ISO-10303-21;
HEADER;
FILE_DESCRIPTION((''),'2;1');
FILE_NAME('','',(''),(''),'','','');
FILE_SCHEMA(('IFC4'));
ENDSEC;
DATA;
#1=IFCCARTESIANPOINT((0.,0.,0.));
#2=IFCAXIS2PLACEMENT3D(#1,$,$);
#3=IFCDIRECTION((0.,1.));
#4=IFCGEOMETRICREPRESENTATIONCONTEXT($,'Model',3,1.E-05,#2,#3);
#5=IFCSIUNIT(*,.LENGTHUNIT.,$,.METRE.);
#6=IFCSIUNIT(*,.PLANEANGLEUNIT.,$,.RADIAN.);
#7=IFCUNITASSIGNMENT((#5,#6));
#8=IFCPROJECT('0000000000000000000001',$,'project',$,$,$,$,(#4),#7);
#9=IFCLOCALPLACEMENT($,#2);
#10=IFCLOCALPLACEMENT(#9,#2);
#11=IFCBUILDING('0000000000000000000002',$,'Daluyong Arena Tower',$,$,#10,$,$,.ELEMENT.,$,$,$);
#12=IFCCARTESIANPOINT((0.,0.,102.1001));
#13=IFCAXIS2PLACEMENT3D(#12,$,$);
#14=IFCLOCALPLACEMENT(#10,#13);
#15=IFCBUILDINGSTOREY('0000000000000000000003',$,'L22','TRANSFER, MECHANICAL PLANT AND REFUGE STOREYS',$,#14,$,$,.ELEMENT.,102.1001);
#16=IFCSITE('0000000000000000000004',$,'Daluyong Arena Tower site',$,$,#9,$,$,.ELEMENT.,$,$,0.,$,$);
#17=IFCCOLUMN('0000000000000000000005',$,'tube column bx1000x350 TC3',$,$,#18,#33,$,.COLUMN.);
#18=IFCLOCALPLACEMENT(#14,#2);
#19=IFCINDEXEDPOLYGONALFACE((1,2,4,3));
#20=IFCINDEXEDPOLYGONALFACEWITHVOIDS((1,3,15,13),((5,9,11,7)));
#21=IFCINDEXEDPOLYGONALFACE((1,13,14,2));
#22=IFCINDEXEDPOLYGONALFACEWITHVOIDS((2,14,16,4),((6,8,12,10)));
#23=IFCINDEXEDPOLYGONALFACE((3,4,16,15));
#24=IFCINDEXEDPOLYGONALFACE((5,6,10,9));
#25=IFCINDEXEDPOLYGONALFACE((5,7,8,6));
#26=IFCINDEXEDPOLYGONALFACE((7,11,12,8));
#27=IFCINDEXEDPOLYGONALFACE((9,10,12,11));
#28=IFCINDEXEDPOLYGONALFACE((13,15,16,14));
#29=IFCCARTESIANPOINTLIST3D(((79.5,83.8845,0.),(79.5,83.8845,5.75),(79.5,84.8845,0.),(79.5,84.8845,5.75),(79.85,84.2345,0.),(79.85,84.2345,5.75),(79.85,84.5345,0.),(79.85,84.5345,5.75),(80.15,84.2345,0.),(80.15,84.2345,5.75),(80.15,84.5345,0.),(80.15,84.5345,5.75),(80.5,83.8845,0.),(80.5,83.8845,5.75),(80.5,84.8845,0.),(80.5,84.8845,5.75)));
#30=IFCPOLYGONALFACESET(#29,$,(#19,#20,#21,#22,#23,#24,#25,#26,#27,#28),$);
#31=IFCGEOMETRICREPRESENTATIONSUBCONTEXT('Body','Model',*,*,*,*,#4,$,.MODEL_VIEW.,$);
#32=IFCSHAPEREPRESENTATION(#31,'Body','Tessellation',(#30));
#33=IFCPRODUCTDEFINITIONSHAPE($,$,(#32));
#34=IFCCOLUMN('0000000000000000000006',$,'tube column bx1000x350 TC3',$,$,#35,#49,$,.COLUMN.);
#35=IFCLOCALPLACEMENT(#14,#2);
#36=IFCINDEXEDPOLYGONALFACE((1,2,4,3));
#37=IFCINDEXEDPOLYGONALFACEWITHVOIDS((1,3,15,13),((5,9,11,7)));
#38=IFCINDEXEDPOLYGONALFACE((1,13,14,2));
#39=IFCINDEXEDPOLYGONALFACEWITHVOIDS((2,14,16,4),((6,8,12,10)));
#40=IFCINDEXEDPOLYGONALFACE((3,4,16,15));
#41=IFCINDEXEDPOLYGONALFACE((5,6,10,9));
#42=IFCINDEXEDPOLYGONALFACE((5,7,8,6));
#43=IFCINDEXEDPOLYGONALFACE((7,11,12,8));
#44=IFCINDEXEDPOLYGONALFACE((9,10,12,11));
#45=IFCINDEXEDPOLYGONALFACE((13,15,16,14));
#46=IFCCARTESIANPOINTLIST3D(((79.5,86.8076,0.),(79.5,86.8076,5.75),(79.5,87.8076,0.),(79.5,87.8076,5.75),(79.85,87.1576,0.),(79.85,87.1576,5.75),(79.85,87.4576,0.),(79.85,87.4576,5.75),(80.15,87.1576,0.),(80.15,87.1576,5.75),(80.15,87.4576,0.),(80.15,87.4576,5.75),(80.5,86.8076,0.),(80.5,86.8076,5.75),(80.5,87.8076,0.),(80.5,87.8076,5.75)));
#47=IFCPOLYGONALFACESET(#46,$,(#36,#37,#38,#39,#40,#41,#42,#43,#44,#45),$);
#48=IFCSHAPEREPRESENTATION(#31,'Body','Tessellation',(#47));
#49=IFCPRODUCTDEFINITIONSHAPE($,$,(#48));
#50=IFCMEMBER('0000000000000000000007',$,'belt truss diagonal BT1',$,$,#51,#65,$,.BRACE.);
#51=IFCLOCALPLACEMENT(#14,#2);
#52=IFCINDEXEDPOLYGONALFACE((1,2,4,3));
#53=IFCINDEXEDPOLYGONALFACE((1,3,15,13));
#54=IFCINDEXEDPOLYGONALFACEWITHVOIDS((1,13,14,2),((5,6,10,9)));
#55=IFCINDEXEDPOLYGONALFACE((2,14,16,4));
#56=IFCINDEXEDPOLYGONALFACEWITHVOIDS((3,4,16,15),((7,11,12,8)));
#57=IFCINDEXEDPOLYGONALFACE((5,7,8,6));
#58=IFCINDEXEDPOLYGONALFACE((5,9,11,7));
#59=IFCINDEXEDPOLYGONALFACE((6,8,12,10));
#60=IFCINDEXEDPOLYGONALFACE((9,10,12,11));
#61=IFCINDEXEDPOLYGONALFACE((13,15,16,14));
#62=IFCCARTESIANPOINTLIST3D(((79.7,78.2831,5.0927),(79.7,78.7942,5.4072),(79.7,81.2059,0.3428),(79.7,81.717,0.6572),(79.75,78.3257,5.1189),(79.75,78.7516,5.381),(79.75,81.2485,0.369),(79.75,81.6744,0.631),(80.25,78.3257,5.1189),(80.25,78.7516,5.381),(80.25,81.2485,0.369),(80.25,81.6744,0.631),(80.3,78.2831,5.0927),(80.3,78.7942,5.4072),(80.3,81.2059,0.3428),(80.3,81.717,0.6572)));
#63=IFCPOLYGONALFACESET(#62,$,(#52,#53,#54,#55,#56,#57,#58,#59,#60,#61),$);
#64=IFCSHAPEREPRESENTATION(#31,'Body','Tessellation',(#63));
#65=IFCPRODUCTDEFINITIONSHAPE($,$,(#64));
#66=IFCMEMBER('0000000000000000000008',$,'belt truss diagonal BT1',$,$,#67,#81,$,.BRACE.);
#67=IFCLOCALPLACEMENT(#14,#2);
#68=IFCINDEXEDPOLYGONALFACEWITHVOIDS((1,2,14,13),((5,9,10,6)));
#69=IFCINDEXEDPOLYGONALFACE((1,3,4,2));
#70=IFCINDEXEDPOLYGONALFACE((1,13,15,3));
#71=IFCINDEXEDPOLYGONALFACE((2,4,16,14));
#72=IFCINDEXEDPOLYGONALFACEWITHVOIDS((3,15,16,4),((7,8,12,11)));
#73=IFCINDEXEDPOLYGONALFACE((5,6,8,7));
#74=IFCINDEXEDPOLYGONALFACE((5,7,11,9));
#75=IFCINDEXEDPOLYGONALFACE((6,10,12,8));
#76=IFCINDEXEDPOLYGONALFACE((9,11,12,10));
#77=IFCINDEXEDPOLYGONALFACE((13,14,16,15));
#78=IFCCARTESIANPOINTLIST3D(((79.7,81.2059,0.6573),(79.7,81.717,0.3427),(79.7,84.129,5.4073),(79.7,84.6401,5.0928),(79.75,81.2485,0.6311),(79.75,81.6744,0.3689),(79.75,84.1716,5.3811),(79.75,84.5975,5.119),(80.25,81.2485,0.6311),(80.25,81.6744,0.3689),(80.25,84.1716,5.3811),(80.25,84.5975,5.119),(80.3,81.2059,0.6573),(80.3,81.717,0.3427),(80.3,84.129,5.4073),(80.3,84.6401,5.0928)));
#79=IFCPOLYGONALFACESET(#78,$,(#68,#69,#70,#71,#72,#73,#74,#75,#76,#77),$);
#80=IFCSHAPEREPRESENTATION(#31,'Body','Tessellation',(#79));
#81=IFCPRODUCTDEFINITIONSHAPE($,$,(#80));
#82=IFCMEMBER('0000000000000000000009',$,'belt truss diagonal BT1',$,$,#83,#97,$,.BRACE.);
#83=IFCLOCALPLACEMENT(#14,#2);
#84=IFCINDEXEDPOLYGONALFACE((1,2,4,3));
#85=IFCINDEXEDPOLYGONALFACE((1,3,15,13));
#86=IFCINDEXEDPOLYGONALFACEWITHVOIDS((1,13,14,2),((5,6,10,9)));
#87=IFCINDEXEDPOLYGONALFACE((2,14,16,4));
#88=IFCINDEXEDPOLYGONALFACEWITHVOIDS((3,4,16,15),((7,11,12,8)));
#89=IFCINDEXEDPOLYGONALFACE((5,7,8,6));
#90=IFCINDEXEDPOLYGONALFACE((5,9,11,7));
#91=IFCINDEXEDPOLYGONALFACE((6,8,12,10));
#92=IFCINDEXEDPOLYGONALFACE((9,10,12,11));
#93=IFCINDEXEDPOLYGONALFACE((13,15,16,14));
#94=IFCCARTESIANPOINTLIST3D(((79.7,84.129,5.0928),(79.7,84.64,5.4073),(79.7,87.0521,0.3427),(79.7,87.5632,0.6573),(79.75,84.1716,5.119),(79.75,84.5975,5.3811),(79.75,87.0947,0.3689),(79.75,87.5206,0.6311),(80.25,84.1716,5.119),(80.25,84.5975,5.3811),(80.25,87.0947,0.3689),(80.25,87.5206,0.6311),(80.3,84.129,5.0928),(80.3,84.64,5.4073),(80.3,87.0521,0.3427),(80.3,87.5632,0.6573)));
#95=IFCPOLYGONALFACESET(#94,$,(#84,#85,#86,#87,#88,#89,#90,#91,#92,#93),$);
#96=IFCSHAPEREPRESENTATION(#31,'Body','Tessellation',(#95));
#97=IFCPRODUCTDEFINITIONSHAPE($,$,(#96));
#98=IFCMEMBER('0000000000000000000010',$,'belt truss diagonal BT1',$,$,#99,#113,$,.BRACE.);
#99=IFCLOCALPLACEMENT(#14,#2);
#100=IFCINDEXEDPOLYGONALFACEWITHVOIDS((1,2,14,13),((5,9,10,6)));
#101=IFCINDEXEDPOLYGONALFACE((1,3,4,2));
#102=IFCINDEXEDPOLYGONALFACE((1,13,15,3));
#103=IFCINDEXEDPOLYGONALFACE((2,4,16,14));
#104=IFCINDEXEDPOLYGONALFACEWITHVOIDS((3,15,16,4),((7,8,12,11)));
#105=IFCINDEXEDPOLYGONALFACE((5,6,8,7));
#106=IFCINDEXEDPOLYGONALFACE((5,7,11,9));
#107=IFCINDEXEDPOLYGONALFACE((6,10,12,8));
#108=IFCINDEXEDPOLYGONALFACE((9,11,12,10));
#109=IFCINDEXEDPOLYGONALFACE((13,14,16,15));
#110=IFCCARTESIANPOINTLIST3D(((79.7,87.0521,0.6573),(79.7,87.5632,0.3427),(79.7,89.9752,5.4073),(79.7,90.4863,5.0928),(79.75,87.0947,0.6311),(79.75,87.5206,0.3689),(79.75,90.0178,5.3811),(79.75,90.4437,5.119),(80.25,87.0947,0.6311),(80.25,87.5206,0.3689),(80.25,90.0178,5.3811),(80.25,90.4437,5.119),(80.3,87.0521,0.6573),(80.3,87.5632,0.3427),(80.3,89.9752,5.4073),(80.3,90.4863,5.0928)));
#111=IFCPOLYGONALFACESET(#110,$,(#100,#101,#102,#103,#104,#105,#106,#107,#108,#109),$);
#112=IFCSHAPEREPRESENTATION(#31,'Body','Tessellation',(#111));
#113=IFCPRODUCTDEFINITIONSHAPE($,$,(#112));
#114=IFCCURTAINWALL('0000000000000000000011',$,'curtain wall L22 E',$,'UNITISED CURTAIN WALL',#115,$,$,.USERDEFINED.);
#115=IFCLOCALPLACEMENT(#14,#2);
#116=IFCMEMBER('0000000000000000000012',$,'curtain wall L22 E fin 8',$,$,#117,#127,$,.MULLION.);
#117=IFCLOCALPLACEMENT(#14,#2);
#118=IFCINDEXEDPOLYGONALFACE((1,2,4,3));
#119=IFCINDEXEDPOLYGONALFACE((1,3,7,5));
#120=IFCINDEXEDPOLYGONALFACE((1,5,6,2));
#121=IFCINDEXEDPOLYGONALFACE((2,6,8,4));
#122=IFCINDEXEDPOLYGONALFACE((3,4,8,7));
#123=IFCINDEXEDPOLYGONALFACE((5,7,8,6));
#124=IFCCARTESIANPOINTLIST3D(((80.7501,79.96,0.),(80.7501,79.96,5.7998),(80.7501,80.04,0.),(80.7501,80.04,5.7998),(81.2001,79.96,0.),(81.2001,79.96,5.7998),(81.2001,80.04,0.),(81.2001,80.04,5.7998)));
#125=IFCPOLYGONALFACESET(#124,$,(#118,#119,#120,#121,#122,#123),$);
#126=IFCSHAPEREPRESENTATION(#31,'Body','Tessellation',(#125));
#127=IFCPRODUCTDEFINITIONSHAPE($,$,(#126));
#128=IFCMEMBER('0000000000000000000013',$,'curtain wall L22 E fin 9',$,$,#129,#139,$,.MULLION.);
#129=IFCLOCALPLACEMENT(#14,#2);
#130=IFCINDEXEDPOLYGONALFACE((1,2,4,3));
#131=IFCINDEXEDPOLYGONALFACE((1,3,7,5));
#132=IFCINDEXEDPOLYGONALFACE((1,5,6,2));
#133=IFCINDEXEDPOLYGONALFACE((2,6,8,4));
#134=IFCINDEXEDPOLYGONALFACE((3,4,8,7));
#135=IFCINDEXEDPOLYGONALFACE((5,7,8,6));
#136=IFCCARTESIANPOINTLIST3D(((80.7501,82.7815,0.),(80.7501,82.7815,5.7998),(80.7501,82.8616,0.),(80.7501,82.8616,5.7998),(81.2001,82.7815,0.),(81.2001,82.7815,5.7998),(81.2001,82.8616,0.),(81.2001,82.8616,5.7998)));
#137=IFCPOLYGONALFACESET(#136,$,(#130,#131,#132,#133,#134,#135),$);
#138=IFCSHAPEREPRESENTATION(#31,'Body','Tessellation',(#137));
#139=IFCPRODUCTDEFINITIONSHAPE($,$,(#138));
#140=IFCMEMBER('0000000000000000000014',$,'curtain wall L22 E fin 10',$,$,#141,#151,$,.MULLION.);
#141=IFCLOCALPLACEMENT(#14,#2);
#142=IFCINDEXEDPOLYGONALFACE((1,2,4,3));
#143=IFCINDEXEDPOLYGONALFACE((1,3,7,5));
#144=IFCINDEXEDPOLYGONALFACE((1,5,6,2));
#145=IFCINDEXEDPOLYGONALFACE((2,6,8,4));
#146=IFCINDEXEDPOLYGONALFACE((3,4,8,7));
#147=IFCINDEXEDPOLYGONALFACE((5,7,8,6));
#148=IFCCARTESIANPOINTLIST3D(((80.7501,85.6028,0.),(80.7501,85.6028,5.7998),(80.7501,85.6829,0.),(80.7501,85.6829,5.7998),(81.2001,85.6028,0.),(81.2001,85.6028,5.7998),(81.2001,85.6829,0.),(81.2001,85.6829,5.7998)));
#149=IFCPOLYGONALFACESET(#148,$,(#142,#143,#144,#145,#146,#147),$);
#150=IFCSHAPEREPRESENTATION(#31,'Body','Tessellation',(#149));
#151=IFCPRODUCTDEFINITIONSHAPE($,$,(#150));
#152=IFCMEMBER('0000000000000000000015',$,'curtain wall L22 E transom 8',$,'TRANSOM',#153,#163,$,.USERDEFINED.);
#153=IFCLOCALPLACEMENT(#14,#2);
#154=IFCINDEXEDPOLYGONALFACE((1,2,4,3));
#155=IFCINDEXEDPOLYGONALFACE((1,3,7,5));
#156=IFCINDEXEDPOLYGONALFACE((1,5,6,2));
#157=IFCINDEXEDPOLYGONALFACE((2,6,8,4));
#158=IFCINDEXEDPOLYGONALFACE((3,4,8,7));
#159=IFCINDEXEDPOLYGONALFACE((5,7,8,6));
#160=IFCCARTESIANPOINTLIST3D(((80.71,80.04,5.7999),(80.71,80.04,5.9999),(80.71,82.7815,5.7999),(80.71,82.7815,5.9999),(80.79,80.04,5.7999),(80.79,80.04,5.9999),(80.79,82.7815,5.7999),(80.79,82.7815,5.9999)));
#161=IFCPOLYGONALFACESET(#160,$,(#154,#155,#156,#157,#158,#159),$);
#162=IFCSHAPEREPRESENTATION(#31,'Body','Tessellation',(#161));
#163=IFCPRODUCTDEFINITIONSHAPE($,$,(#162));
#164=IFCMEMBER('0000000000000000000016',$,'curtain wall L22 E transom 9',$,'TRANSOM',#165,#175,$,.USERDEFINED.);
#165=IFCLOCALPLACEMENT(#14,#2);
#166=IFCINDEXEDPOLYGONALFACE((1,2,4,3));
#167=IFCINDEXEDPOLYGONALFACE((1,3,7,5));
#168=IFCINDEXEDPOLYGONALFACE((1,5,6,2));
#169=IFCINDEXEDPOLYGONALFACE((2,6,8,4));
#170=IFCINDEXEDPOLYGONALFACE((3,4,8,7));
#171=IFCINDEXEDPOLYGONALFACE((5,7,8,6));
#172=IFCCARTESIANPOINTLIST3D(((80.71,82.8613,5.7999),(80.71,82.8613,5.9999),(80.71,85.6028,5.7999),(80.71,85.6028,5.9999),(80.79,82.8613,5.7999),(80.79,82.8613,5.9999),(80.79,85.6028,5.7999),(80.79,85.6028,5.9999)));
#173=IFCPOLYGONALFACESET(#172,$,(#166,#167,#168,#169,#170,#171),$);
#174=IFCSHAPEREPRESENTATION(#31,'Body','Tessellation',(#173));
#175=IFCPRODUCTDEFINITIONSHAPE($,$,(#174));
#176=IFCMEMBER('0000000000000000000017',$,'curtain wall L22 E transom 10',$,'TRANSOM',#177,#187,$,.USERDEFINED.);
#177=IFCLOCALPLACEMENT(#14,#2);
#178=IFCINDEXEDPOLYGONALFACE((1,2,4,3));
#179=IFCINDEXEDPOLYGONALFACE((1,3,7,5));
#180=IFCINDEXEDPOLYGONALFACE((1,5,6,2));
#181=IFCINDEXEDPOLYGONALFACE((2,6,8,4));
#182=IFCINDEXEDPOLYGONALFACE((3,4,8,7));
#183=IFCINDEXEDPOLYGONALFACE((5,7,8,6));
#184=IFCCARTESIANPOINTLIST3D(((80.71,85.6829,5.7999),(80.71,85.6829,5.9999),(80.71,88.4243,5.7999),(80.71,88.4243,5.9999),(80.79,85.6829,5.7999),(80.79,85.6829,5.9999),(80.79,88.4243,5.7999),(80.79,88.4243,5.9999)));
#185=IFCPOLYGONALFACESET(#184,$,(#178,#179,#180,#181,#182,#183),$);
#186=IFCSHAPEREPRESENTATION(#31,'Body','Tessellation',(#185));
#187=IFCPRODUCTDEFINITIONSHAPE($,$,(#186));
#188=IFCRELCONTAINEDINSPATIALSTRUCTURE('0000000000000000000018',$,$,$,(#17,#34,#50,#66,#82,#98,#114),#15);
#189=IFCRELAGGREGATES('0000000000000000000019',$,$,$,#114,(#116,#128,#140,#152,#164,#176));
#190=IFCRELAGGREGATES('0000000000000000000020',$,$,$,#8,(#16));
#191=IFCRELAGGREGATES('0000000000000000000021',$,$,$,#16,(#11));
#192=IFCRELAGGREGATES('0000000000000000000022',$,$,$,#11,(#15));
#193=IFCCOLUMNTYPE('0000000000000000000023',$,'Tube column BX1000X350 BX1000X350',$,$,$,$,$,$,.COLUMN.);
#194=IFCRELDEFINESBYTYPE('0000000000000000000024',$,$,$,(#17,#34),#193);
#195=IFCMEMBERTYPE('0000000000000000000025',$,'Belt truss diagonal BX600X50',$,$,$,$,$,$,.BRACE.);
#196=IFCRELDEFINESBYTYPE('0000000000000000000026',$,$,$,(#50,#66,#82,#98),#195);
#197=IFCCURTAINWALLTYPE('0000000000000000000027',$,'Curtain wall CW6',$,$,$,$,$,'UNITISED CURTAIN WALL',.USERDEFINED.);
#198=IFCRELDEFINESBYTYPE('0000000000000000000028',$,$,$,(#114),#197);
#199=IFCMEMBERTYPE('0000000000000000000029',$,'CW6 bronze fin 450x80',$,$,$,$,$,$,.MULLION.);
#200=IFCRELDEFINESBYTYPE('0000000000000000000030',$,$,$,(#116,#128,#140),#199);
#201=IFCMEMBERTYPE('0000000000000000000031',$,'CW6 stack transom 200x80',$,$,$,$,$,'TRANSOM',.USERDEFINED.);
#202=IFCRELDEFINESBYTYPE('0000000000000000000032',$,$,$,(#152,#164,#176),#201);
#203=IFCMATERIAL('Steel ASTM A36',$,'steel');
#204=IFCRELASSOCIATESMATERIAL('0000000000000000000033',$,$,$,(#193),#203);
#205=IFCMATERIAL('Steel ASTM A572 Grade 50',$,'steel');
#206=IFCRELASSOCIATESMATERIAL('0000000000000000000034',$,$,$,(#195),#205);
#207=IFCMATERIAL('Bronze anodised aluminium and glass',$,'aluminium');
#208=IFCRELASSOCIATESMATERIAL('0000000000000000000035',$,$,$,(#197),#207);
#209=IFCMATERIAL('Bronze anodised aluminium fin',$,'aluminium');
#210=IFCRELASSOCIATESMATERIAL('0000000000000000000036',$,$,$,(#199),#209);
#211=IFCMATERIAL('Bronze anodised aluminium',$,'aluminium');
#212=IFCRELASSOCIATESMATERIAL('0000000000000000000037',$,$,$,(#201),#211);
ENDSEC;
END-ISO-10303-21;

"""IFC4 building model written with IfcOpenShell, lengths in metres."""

from ifc_helpers import new_model, si_unit, direction, frame, origin, origin_2d, place, context, subcontext, project, spatial, rectangle, hollow_rectangle, extrude, material, material_profile, profile_set, type_object, element, aggregate, save


model = new_model("IFC4")

# Units and contexts
model_context = context("Model", 3, precision=1e-05, world=origin(), true_north=direction((0.0, 1.0)))
body_context = subcontext(model_context, "Body", "Model", "MODEL_VIEW")
ifc_project = project(units=[si_unit("LENGTHUNIT", "METRE"), si_unit("PLANEANGLEUNIT", "RADIAN")], contexts=[model_context])

# Site, building, storey
site_placement = place(None, origin())
site = spatial("IfcSite", under=ifc_project, at=site_placement, Name="Daluyong Arena Tower site", CompositionType="ELEMENT", RefElevation=0.0)
building_placement = place(site_placement, origin())
building = spatial("IfcBuilding", under=site, at=building_placement, Name="Daluyong Arena Tower", CompositionType="ELEMENT")
storey_placement = place(building_placement, frame((0.0, 0.0, 102.1001)))
storey = spatial("IfcBuildingStorey", under=building, at=storey_placement, Name="L22", Description="TRANSFER, MECHANICAL PLANT AND REFUGE STOREYS", CompositionType="ELEMENT", Elevation=102.1001)

# Columns
ifc_material_1 = material(Name="Steel ASTM A36", Category="steel")
ifc_material_profile_1 = material_profile(ifc_material_1, hollow_rectangle(XDim=1.0, YDim=1.0, WallThickness=0.35, at=origin_2d()))
ifc_profile_set_1 = profile_set([ifc_material_profile_1], Name="Steel ASTM A36")
column_type = type_object("IfcColumnType", Name="Tube column BX1000X350 BX1000X350", PredefinedType="COLUMN", material=ifc_profile_set_1)
for number, where, z_axis, x_axis, name in (
    (1, (80.0, 84.3845, 0.0), (0.0, 0.0, 1.0), (0.0, 1.0, 0.0), "tube column bx1000x350 TC3"),
    (2, (80.0, 87.3076, 0.0), (0.0, 0.0, 1.0), (0.0, 1.0, 0.0), "tube column bx1000x350 TC3"),
):
    element("IfcColumn", number, at=place(storey_placement, frame(where, z_axis=z_axis, x_axis=x_axis)), inside=storey, type_object=column_type, Name=name, PredefinedType="COLUMN", context=body_context, shape_type="SweptSolid", body=[
        extrude(hollow_rectangle(XDim=1.0, YDim=1.0, WallThickness=0.35, at=origin_2d()), origin(), (0.0, 0.0, 1.0), 5.75),
    ])

# Members
ifc_material_2 = material(Name="Steel ASTM A572 Grade 50", Category="steel")
ifc_material_profile_2 = material_profile(ifc_material_2, hollow_rectangle(XDim=0.6001, YDim=0.6001, WallThickness=0.05, at=origin_2d()))
ifc_profile_set_2 = profile_set([ifc_material_profile_2], Name="Steel ASTM A572 Grade 50")
member_type_1 = type_object("IfcMemberType", Name="Belt truss diagonal BX600X50", PredefinedType="BRACE", material=ifc_profile_set_2)
member_1_placement = place(storey_placement, frame((80.0, 81.4614, 0.5), z_axis=(0.0, -0.524068, 0.851676), x_axis=(1.0, 0.0, 0.0)))
element("IfcMember", 3, at=member_1_placement, inside=storey, type_object=member_type_1, Name="belt truss diagonal BT1", PredefinedType="BRACE", context=body_context, shape_type="SweptSolid", body=[
    extrude(hollow_rectangle(XDim=0.6001, YDim=0.6001, WallThickness=0.05, at=origin_2d()), origin(), (0.0, 0.0, 1.0), 5.5771),
])
for number, where, z_axis, x_axis, name in (
    (4, (80.0, 81.4614, 0.5), (0.0, 0.5241, 0.851657), (-1.0, 0.0, 0.0), "belt truss diagonal BT1"),
    (5, (80.0, 87.3076, 0.5), (0.0, -0.5241, 0.851657), (1.0, 0.0, 0.0), "belt truss diagonal BT1"),
    (6, (80.0, 87.3076, 0.5), (0.0, 0.5241, 0.851657), (-1.0, 0.0, 0.0), "belt truss diagonal BT1"),
):
    element("IfcMember", number, at=place(storey_placement, frame(where, z_axis=z_axis, x_axis=x_axis)), inside=storey, type_object=member_type_1, Name=name, PredefinedType="BRACE", context=body_context, shape_type="SweptSolid", body=[
        extrude(hollow_rectangle(XDim=0.6001, YDim=0.6001, WallThickness=0.05, at=origin_2d()), origin(), (0.0, 0.0, 1.0), 5.5774),
    ])

# Curtain wall, members
ifc_material_3 = material(Name="Bronze anodised aluminium and glass", Category="aluminium")
curtain_wall_type = type_object("IfcCurtainWallType", Name="Curtain wall CW6", ElementType="UNITISED CURTAIN WALL", PredefinedType="USERDEFINED", material=ifc_material_3)
curtain_wall_placement = place(storey_placement, origin())
curtain_wall = element("IfcCurtainWall", 7, at=curtain_wall_placement, inside=storey, type_object=curtain_wall_type, Name="curtain wall L22 E", ObjectType="UNITISED CURTAIN WALL", PredefinedType="USERDEFINED")
ifc_material_4 = material(Name="Bronze anodised aluminium fin", Category="aluminium")
ifc_material_profile_3 = material_profile(ifc_material_4, rectangle(XDim=0.45, YDim=0.0801, at=origin_2d()))
ifc_profile_set_3 = profile_set([ifc_material_profile_3], Name="Bronze anodised aluminium fin")
member_type_2 = type_object("IfcMemberType", Name="CW6 bronze fin 450x80", PredefinedType="MULLION", material=ifc_profile_set_3)
member_2_placement = place(storey_placement, frame((80.9751, 80.0, 0.0), z_axis=(0.0, 0.0, 1.0), x_axis=(-1.0, 0.0, 0.0)))
member_2 = element("IfcMember", 8, at=member_2_placement, type_object=member_type_2, Name="curtain wall L22 E fin 8", PredefinedType="MULLION", context=body_context, shape_type="SweptSolid", body=[
    extrude(rectangle(XDim=0.45, YDim=0.0801, at=origin_2d()), origin(), (0.0, 0.0, 1.0), 5.7998),
])
member_3_placement = place(storey_placement, frame((80.9751, 82.8215, 0.0), z_axis=(0.0, 0.0, 1.0), x_axis=(-1.0, 0.0, 0.0)))
member_3 = element("IfcMember", 9, at=member_3_placement, type_object=member_type_2, Name="curtain wall L22 E fin 9", PredefinedType="MULLION", context=body_context, shape_type="SweptSolid", body=[
    extrude(rectangle(XDim=0.45, YDim=0.0801, at=origin_2d()), origin(), (0.0, 0.0, 1.0), 5.7998),
])
member_4_placement = place(storey_placement, frame((80.9751, 85.6428, 0.0), z_axis=(0.0, 0.0, 1.0), x_axis=(-1.0, 0.0, 0.0)))
member_4 = element("IfcMember", 10, at=member_4_placement, type_object=member_type_2, Name="curtain wall L22 E fin 10", PredefinedType="MULLION", context=body_context, shape_type="SweptSolid", body=[
    extrude(rectangle(XDim=0.45, YDim=0.0801, at=origin_2d()), origin(), (0.0, 0.0, 1.0), 5.7998),
])
ifc_material_5 = material(Name="Bronze anodised aluminium", Category="aluminium")
ifc_material_profile_4 = material_profile(ifc_material_5, rectangle(XDim=0.0801, YDim=0.2, at=origin_2d()))
ifc_profile_set_4 = profile_set([ifc_material_profile_4], Name="Bronze anodised aluminium")
member_type_3 = type_object("IfcMemberType", Name="CW6 stack transom 200x80", ElementType="TRANSOM", PredefinedType="USERDEFINED", material=ifc_profile_set_4)
member_5_placement = place(storey_placement, frame((80.75, 80.04, 5.8999), z_axis=(0.0, 1.0, 0.0), x_axis=(-1.0, 0.0, 0.0)))
member_5 = element("IfcMember", 11, at=member_5_placement, type_object=member_type_3, Name="curtain wall L22 E transom 8", ObjectType="TRANSOM", PredefinedType="USERDEFINED", context=body_context, shape_type="SweptSolid", body=[
    extrude(rectangle(XDim=0.0801, YDim=0.2, at=origin_2d()), origin(), (0.0, 0.0, 1.0), 2.7415),
])
member_6_placement = place(storey_placement, frame((80.75, 82.8613, 5.8999), z_axis=(0.0, 1.0, 0.0), x_axis=(-1.0, 0.0, 0.0)))
member_6 = element("IfcMember", 12, at=member_6_placement, type_object=member_type_3, Name="curtain wall L22 E transom 9", ObjectType="TRANSOM", PredefinedType="USERDEFINED", context=body_context, shape_type="SweptSolid", body=[
    extrude(rectangle(XDim=0.0801, YDim=0.2, at=origin_2d()), origin(), (0.0, 0.0, 1.0), 2.7415),
])
member_7_placement = place(storey_placement, frame((80.75, 85.6829, 5.8999), z_axis=(0.0, 1.0, 0.0), x_axis=(-1.0, 0.0, 0.0)))
member_7 = element("IfcMember", 13, at=member_7_placement, type_object=member_type_3, Name="curtain wall L22 E transom 10", ObjectType="TRANSOM", PredefinedType="USERDEFINED", context=body_context, shape_type="SweptSolid", body=[
    extrude(rectangle(XDim=0.0801, YDim=0.2, at=origin_2d()), origin(), (0.0, 0.0, 1.0), 2.7415),
])

aggregate(curtain_wall, [member_2, member_3, member_4, member_5, member_6, member_7])

save(model, "model.ifc")
